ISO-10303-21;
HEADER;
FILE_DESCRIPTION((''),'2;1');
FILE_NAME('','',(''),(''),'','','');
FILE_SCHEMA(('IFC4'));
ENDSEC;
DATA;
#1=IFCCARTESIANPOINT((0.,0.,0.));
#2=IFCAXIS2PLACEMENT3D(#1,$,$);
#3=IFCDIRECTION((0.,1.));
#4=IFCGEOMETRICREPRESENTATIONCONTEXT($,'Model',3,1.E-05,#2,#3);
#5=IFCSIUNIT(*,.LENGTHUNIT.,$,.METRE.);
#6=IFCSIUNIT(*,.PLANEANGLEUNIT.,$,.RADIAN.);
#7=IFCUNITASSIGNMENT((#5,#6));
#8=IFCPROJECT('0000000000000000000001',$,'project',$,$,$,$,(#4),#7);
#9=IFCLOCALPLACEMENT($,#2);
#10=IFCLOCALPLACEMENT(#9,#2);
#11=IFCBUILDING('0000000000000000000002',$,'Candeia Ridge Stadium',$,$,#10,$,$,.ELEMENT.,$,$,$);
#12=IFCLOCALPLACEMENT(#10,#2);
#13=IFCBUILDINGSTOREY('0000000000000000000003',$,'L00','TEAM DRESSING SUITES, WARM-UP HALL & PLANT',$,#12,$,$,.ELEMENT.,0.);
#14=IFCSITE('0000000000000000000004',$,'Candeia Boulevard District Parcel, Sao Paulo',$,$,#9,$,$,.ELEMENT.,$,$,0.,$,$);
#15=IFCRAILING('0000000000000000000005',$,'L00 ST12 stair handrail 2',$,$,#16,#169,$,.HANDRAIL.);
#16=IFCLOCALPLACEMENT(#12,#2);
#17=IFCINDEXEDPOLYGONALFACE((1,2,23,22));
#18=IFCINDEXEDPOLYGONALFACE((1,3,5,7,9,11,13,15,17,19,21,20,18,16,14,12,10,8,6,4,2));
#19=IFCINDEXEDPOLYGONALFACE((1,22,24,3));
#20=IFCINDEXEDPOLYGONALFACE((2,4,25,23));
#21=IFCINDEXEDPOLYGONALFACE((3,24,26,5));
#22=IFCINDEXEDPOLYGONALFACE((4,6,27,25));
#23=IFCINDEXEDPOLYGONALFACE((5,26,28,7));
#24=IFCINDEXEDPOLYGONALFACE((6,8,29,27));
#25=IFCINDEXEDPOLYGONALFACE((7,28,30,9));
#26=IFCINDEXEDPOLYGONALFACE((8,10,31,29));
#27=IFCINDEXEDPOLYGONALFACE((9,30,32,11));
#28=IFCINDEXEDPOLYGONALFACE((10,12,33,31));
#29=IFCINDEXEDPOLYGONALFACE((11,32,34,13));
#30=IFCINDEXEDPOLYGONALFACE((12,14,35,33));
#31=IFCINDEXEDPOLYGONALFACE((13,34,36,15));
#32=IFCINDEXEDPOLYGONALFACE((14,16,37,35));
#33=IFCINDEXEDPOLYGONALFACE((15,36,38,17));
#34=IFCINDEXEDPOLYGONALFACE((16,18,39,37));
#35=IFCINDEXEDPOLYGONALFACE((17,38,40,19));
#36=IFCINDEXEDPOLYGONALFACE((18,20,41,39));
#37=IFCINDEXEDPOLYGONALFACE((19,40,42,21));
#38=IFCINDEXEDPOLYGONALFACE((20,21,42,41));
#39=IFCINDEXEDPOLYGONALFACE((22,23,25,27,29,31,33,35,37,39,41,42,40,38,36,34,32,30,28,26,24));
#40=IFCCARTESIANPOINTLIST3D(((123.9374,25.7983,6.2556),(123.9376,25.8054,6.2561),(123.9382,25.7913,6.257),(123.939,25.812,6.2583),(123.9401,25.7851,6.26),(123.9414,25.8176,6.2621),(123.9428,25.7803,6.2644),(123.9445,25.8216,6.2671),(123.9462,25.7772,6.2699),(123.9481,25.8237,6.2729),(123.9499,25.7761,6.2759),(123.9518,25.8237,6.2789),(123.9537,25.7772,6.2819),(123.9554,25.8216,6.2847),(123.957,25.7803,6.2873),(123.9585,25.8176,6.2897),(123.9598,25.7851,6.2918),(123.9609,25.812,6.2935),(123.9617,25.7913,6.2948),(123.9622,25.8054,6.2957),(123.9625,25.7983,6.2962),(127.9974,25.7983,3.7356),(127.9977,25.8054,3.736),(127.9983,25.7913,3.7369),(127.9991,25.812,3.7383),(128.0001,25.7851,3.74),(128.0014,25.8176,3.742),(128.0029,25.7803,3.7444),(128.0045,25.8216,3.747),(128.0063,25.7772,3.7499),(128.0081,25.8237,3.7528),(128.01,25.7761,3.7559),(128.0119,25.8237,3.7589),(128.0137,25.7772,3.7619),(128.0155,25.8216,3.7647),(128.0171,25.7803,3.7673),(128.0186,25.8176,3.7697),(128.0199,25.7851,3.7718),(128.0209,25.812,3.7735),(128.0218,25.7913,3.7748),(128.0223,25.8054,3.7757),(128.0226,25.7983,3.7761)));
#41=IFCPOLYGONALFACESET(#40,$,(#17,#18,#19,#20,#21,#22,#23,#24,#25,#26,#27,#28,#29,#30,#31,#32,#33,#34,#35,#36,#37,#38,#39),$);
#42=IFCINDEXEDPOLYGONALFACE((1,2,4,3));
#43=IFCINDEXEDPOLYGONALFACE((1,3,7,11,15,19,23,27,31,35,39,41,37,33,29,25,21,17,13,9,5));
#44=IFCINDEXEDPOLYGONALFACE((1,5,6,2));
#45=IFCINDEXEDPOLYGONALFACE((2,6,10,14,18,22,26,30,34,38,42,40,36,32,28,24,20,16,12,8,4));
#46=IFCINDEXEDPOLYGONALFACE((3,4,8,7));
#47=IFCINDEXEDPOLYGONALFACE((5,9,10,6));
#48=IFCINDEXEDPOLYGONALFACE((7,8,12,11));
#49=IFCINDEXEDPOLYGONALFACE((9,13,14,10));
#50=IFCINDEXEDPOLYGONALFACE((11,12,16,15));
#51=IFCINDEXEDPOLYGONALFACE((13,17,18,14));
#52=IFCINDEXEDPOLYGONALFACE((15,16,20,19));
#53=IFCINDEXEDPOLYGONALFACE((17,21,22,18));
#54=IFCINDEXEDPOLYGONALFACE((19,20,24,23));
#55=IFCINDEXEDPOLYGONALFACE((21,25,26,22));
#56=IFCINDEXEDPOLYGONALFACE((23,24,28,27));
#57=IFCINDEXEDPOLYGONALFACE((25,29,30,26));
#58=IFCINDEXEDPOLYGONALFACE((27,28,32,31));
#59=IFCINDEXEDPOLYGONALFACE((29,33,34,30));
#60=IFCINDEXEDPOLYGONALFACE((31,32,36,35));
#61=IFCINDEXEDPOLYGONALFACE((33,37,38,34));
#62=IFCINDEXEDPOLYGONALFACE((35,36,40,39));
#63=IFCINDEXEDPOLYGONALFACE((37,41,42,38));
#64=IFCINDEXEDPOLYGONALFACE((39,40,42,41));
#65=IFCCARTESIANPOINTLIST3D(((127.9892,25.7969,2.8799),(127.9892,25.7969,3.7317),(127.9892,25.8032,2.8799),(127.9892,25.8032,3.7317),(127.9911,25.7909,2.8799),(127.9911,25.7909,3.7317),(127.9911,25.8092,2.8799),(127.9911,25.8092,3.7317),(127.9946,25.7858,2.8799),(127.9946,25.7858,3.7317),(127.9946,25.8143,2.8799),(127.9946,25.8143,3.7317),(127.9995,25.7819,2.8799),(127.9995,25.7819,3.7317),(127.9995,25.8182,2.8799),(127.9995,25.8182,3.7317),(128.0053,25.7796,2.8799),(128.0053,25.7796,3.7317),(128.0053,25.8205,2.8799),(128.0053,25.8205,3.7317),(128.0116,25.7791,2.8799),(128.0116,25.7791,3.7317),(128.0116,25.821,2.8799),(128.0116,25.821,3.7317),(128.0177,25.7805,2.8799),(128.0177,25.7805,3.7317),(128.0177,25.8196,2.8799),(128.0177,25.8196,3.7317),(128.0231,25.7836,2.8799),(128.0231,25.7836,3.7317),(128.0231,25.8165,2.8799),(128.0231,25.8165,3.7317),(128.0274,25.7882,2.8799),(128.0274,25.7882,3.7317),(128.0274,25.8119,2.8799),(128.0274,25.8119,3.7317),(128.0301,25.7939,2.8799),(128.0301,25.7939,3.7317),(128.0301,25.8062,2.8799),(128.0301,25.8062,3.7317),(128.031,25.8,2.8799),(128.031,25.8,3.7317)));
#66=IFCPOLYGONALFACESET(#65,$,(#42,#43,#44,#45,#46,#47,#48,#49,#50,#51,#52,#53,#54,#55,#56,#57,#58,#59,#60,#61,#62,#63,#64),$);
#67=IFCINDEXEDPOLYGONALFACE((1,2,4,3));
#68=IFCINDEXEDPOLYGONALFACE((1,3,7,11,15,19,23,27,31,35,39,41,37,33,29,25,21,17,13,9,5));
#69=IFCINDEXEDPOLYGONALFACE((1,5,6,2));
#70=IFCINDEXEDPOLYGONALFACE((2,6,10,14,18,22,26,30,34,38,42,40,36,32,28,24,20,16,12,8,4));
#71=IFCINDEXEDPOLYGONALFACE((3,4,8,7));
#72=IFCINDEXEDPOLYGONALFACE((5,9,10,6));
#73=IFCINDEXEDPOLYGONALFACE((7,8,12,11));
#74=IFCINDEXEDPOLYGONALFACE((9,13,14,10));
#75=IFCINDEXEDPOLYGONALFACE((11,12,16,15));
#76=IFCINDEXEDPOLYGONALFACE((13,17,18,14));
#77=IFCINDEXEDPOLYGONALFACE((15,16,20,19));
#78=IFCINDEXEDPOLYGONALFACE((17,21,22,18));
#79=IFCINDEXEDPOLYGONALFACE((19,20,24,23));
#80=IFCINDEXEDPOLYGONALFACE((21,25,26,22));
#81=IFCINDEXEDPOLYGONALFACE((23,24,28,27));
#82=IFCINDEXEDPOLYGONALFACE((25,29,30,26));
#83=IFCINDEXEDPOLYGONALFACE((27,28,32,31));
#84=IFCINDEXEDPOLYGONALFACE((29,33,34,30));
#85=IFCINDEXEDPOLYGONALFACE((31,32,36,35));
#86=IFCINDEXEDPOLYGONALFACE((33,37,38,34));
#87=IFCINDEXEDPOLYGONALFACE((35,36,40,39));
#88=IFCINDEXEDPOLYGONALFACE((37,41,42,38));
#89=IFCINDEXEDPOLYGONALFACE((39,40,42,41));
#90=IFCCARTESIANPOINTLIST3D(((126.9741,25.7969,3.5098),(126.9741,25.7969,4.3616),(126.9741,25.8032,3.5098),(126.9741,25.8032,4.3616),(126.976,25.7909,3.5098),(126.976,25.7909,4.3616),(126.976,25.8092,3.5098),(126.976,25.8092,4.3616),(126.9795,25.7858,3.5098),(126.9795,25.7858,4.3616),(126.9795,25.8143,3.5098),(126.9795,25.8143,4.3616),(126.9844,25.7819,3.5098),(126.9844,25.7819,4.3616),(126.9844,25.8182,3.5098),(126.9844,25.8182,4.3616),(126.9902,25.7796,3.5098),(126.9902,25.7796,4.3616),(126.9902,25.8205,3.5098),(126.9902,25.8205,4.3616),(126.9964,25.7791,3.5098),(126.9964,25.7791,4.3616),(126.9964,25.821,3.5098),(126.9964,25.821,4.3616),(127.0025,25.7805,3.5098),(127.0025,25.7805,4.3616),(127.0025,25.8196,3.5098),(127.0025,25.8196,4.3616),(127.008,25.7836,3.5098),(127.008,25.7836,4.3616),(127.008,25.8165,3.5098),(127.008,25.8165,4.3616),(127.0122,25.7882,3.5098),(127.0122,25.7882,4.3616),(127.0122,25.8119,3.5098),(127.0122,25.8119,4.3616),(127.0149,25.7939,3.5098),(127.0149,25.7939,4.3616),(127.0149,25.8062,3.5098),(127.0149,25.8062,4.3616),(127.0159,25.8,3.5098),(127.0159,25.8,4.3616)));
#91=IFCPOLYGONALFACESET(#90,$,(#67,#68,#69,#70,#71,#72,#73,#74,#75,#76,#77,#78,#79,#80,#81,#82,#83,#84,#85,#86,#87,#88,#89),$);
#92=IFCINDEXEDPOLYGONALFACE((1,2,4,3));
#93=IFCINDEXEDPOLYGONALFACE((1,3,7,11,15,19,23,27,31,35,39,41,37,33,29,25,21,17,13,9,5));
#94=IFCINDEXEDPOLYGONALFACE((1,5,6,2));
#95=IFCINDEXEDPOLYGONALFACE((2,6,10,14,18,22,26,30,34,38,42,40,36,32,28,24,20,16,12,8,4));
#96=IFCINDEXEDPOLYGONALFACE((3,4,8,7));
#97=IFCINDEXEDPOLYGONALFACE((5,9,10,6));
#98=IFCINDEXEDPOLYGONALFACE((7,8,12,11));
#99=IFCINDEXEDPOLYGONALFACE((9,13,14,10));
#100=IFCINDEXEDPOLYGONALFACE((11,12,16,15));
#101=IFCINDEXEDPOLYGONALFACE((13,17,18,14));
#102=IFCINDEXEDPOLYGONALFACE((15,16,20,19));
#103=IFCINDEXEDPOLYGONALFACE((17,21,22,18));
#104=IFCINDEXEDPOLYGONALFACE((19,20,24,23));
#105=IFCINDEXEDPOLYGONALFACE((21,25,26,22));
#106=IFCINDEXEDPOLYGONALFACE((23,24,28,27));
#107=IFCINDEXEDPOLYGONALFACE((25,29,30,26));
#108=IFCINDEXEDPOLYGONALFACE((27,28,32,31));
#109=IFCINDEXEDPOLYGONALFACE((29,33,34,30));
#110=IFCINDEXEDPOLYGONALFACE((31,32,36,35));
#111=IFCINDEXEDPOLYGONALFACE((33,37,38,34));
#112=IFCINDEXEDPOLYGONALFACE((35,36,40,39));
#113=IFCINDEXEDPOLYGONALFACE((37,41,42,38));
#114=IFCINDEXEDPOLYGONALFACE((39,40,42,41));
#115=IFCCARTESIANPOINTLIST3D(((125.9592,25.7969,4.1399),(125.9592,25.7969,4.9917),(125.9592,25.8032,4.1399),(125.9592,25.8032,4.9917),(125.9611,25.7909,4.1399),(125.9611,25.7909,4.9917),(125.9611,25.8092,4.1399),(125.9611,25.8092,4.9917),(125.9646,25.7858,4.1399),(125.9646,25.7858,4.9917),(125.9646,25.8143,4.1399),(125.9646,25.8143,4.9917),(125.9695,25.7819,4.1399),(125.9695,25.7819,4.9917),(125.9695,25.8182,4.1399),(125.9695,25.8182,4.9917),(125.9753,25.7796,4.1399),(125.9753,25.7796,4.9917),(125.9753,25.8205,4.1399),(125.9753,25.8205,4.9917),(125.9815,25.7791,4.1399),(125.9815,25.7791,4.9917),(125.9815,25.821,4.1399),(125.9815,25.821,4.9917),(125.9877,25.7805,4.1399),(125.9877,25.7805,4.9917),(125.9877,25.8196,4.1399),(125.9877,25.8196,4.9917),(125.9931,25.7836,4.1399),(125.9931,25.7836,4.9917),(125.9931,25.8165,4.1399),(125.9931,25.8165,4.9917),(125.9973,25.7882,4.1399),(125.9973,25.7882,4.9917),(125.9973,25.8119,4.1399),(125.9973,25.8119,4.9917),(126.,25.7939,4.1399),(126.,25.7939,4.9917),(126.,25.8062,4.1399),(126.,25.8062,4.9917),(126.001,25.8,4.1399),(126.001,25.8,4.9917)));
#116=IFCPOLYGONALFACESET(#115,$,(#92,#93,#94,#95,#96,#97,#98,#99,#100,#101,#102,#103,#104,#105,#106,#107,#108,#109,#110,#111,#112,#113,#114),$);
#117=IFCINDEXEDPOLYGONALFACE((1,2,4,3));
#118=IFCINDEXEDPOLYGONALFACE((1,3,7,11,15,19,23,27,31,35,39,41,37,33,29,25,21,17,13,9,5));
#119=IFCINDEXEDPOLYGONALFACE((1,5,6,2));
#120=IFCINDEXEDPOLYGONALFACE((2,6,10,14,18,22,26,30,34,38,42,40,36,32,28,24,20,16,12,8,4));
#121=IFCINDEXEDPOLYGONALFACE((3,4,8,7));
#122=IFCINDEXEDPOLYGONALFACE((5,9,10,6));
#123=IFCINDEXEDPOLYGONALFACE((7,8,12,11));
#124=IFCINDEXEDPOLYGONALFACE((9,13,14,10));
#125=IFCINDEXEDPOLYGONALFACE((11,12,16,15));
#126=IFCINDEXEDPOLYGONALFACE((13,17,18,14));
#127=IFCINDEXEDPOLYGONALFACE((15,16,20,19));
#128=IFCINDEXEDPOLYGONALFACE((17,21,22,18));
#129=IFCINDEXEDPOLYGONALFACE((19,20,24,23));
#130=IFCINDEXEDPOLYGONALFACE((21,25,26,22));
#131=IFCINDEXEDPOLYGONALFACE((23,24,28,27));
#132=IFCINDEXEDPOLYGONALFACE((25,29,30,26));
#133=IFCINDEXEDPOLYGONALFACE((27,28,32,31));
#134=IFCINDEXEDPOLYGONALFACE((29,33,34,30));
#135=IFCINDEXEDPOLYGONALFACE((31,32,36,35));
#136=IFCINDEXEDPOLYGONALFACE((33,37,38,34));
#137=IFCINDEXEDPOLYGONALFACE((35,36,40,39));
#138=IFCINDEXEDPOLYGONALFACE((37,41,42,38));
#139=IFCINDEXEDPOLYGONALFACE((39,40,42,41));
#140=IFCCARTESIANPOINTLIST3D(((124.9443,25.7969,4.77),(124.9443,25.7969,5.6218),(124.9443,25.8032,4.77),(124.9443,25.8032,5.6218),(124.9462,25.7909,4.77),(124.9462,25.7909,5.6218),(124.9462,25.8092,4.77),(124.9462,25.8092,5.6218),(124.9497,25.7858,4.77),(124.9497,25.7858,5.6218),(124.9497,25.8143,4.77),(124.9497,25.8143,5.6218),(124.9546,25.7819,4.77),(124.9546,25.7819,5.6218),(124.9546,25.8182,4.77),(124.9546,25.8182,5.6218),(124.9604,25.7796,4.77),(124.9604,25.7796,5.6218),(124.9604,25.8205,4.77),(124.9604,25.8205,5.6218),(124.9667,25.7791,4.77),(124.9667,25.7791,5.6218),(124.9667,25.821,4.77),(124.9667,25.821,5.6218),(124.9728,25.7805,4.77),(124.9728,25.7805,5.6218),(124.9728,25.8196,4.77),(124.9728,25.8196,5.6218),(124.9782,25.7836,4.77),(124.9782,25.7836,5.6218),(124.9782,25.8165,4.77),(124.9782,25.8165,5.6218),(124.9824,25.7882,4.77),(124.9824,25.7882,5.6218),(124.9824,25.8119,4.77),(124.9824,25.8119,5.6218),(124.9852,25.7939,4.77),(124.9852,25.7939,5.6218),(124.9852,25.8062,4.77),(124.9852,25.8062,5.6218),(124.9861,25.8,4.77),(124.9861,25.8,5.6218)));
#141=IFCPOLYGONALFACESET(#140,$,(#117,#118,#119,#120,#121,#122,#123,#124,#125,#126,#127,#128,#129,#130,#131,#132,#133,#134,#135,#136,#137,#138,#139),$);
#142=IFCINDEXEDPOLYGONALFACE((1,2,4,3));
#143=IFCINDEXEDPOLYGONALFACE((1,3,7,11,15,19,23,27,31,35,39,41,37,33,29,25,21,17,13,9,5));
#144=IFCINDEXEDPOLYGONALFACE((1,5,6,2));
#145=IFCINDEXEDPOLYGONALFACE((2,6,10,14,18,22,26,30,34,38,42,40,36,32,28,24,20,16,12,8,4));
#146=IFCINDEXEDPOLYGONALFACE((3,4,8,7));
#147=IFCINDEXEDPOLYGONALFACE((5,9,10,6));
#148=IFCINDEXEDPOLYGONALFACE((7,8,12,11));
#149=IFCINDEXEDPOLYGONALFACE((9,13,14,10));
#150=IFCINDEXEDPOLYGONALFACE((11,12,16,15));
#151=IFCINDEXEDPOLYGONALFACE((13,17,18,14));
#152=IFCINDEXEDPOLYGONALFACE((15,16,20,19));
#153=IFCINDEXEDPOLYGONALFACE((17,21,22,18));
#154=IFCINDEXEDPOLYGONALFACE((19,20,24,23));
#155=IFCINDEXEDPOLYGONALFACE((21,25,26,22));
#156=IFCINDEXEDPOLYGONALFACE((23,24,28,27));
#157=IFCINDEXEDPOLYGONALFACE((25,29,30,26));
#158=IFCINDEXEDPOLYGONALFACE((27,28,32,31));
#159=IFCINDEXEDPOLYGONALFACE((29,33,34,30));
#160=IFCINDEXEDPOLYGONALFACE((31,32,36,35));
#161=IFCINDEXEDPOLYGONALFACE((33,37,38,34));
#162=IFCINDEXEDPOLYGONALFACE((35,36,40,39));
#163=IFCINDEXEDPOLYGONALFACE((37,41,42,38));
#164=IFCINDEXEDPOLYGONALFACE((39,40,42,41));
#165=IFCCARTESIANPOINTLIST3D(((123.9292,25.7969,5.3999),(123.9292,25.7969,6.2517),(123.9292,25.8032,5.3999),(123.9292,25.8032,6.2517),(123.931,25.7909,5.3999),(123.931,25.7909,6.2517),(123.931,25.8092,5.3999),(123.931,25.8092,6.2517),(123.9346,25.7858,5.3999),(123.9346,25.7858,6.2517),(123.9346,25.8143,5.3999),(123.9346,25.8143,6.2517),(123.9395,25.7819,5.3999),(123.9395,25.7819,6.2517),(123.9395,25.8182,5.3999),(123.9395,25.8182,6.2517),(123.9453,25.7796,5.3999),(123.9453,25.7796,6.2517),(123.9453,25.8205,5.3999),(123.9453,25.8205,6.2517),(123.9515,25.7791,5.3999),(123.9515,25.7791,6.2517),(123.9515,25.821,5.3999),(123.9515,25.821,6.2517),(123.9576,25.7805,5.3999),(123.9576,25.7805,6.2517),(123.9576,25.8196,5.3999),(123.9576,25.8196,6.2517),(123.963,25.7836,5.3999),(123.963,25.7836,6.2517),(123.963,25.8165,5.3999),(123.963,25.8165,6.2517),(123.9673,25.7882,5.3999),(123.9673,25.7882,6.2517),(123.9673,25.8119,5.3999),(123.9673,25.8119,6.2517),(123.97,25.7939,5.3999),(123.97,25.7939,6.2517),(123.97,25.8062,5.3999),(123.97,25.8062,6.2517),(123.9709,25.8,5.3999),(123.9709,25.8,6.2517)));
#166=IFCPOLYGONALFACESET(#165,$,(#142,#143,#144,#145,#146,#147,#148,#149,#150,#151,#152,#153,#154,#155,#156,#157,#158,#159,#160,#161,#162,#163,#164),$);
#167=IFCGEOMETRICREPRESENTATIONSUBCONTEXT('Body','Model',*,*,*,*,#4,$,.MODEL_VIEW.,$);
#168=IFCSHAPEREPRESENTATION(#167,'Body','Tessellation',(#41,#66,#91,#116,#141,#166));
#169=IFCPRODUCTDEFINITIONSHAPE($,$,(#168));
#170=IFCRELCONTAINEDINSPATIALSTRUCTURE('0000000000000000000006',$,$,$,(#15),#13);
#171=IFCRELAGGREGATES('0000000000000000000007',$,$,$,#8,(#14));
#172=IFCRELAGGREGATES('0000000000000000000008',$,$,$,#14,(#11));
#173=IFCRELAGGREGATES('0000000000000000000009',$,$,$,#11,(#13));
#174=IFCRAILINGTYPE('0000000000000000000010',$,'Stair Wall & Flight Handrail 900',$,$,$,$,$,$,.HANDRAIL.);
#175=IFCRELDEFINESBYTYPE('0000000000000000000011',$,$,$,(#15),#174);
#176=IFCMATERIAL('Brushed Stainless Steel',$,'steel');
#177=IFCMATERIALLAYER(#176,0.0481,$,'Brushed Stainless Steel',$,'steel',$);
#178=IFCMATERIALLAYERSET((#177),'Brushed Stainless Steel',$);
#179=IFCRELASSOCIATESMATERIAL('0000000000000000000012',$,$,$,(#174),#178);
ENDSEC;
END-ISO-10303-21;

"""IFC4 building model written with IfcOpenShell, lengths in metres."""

from ifc_helpers import new_model, si_unit, direction, frame, origin, origin_2d, place, context, subcontext, project, spatial, circle, extrude, material, layer, layer_set, type_object, element, save


model = new_model("IFC4")

# Units and contexts
model_context = context("Model", 3, precision=1e-05, world=origin(), true_north=direction((0.0, 1.0)))
body_context = subcontext(model_context, "Body", "Model", "MODEL_VIEW")
ifc_project = project(units=[si_unit("LENGTHUNIT", "METRE"), si_unit("PLANEANGLEUNIT", "RADIAN")], contexts=[model_context])

# Site, building, storey
site_placement = place(None, origin())
site = spatial("IfcSite", under=ifc_project, at=site_placement, Name="Candeia Boulevard District Parcel, Sao Paulo", CompositionType="ELEMENT", RefElevation=0.0)
building_placement = place(site_placement, origin())
building = spatial("IfcBuilding", under=site, at=building_placement, Name="Candeia Ridge Stadium", CompositionType="ELEMENT")
storey_placement = place(building_placement, origin())
storey = spatial("IfcBuildingStorey", under=building, at=storey_placement, Name="L00", Description="TEAM DRESSING SUITES, WARM-UP HALL & PLANT", CompositionType="ELEMENT", Elevation=0.0)

# Railing
ifc_material_1 = material(Name="Brushed Stainless Steel", Category="steel")
ifc_layer_1 = layer(ifc_material_1, 0.0481, Name="Brushed Stainless Steel", Category="steel")
ifc_layer_set_1 = layer_set([ifc_layer_1], Name="Brushed Stainless Steel")
railing_type_1 = type_object("IfcRailingType", Name="Stair Wall & Flight Handrail 900", PredefinedType="HANDRAIL", material=ifc_layer_set_1)
railing_1_placement = place(storey_placement, frame((128.01, 25.8, 2.8799)))
element("IfcRailing", 1, at=railing_1_placement, inside=storey, type_object=railing_type_1, Name="L00 ST12 stair handrail 2", PredefinedType="HANDRAIL", context=body_context, shape_type="SweptSolid", body=[
    extrude(circle(Radius=0.0239, at=origin_2d()), frame((0.0, 0.0, 0.876), z_axis=(-0.849642, 0.0, 0.52736), x_axis=(0.0, -1.0, 0.0)), (0.0, 0.0, 1.0), 4.7786),
    extrude(circle(Radius=0.021, at=origin_2d()), origin(), (0.0, 0.0, 1.0), 0.8518),
    extrude(circle(Radius=0.021, at=origin_2d()), frame((-1.0151, 0.0, 0.6299)), (0.0, 0.0, 1.0), 0.8518),
    extrude(circle(Radius=0.021, at=origin_2d()), frame((-2.03, 0.0, 1.26)), (0.0, 0.0, 1.0), 0.8518),
    extrude(circle(Radius=0.021, at=origin_2d()), frame((-3.0449, 0.0, 1.8901)), (0.0, 0.0, 1.0), 0.8518),
    extrude(circle(Radius=0.021, at=origin_2d()), frame((-4.0601, 0.0, 2.52)), (0.0, 0.0, 1.0), 0.8518),
])

save(model, "model.ifc")
